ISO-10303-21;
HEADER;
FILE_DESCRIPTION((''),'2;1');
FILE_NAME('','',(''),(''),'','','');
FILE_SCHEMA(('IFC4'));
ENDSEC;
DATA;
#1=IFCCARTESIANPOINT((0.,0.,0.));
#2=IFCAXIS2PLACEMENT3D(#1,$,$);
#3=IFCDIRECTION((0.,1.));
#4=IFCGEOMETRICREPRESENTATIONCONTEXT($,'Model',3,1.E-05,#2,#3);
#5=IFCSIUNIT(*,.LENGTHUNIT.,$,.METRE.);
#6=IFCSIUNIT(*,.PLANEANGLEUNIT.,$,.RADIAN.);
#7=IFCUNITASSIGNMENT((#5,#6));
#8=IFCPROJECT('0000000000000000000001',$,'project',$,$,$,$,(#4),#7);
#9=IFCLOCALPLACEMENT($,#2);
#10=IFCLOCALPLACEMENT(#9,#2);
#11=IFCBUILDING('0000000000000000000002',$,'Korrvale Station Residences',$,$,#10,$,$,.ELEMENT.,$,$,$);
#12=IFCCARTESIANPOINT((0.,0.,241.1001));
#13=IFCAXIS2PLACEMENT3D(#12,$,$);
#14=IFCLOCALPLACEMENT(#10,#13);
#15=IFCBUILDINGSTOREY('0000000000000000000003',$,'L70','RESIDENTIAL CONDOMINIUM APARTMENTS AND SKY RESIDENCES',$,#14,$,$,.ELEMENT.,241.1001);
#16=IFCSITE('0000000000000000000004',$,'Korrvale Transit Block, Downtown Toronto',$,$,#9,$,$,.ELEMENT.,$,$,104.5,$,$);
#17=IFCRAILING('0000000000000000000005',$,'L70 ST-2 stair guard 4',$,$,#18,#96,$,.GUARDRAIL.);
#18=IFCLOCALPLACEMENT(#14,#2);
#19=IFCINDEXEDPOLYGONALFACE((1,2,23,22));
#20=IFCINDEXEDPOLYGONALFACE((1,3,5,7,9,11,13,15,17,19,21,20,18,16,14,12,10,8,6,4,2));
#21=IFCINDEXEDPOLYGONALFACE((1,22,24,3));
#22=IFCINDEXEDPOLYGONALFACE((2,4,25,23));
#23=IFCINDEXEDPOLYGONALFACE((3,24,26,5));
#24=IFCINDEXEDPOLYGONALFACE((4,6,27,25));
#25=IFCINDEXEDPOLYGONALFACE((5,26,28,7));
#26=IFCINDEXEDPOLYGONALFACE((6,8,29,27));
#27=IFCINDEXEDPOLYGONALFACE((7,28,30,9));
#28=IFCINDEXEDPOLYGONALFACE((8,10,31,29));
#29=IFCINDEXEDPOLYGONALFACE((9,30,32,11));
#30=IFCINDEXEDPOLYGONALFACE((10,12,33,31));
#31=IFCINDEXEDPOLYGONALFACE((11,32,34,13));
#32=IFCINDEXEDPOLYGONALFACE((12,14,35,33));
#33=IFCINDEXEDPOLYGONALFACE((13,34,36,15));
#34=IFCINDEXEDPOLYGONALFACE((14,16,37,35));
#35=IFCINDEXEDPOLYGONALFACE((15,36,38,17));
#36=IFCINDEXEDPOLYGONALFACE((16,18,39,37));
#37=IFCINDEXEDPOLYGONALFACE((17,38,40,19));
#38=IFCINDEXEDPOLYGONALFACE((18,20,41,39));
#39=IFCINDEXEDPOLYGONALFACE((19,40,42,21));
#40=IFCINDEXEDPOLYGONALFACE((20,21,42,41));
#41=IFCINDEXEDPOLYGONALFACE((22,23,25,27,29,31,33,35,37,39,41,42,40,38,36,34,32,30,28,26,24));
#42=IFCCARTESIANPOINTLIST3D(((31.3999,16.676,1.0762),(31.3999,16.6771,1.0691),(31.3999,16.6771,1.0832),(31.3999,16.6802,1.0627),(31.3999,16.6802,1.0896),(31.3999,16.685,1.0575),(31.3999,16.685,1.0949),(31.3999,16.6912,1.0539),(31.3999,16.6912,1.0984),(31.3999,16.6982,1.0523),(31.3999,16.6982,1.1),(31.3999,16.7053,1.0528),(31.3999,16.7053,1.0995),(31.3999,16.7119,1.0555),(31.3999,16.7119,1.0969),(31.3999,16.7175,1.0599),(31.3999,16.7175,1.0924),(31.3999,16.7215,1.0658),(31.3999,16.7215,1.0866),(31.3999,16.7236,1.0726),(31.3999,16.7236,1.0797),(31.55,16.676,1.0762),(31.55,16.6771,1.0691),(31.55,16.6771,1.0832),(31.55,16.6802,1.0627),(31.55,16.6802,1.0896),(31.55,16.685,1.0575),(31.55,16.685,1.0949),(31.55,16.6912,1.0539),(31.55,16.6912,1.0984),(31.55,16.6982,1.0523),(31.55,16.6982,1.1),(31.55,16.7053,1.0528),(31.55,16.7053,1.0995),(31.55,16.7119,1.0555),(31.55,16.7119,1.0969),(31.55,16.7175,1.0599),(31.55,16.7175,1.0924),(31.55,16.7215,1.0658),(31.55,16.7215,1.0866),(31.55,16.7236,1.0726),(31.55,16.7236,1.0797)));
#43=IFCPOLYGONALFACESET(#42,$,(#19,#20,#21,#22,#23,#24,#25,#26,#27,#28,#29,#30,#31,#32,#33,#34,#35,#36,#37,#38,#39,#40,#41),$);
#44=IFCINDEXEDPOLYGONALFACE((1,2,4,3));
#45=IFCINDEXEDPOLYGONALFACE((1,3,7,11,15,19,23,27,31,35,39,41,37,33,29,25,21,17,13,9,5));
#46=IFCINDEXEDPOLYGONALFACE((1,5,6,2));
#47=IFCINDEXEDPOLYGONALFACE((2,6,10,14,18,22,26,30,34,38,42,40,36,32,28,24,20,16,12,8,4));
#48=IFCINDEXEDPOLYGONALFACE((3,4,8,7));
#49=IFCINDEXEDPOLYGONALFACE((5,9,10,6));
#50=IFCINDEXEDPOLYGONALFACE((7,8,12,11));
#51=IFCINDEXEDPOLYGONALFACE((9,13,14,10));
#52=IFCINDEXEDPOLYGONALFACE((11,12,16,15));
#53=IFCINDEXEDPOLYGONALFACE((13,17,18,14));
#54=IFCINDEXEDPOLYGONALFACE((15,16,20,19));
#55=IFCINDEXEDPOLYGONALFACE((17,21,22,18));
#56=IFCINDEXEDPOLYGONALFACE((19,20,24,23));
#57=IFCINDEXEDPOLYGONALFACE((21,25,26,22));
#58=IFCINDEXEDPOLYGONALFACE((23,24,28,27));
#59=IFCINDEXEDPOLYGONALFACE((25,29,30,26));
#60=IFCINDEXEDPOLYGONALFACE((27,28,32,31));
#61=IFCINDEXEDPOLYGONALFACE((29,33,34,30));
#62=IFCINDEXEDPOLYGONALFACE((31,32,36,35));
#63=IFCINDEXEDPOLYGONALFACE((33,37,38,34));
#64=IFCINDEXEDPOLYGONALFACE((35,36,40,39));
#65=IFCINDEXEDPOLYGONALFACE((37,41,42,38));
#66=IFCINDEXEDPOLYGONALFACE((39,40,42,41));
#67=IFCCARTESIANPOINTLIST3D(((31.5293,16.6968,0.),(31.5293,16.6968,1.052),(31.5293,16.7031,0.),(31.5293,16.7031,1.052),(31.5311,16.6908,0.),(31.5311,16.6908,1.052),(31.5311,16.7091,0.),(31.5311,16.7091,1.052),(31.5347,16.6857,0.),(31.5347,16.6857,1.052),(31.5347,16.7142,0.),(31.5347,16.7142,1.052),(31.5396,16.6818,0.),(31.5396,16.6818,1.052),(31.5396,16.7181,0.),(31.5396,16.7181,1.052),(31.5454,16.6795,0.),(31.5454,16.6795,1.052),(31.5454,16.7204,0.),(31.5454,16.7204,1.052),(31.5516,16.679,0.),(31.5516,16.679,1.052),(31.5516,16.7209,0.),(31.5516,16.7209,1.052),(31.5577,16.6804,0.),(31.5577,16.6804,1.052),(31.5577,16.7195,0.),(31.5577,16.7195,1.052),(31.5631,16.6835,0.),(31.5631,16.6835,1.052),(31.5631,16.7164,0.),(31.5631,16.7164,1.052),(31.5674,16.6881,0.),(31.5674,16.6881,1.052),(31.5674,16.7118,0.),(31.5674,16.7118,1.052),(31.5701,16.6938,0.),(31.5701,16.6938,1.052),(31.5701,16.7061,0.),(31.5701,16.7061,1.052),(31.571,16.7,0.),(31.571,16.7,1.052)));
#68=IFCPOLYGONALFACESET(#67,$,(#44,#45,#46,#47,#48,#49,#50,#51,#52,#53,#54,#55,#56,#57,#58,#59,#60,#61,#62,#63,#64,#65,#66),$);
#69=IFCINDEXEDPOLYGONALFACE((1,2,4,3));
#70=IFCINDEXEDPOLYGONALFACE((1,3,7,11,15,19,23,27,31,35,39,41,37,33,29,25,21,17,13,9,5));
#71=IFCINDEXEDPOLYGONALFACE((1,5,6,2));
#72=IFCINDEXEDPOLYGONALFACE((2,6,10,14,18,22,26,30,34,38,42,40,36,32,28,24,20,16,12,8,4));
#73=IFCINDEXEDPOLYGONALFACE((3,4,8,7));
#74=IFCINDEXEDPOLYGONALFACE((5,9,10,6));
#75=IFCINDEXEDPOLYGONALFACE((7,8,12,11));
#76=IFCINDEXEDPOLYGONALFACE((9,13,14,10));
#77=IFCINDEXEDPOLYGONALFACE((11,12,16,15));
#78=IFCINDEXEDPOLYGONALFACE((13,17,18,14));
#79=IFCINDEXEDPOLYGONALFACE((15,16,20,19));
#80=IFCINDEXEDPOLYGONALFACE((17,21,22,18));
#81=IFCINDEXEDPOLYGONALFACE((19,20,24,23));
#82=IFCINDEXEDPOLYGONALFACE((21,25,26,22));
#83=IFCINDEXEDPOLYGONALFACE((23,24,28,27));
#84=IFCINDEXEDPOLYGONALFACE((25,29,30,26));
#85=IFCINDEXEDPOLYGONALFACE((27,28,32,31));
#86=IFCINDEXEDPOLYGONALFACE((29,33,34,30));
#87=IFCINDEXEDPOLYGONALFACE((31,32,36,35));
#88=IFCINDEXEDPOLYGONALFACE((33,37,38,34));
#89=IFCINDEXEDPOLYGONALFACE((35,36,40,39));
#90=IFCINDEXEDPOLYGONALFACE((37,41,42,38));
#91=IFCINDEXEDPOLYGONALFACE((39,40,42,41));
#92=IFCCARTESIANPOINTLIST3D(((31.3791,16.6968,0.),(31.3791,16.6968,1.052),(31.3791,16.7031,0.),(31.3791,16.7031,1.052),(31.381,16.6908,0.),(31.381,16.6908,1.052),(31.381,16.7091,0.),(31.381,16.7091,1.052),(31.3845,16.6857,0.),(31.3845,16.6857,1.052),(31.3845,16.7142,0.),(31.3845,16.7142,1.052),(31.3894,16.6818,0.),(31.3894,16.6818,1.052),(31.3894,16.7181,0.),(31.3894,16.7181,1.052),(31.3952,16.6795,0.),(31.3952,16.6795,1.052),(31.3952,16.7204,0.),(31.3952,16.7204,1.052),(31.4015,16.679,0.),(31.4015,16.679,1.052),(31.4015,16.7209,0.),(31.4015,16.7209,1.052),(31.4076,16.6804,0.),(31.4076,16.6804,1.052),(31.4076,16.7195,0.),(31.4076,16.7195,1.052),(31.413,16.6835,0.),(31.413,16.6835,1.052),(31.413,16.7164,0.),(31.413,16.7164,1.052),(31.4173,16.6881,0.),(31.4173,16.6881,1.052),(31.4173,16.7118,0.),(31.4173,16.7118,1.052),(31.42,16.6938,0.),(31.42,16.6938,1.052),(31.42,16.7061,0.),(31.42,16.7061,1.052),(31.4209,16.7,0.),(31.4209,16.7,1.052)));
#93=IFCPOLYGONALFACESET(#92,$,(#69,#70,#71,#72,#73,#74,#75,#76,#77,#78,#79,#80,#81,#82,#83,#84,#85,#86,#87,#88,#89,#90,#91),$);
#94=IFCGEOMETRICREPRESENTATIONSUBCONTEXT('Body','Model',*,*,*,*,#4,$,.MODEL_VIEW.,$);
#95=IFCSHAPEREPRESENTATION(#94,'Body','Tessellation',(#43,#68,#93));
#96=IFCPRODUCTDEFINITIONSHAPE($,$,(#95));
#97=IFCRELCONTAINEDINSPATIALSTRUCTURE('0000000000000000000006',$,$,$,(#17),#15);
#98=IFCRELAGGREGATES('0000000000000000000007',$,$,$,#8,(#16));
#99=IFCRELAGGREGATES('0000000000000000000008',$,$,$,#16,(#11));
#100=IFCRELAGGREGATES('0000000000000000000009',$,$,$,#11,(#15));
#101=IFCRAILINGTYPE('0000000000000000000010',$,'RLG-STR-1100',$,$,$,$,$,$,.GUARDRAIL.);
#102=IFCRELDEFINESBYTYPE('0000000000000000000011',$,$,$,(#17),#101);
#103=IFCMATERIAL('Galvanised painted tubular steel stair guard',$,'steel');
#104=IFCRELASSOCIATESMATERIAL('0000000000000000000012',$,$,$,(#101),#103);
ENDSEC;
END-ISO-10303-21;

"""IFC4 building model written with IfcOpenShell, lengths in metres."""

from ifc_helpers import new_model, si_unit, direction, frame, origin, origin_2d, place, context, subcontext, project, spatial, circle, extrude, material, type_object, element, save


model = new_model("IFC4")

# Units and contexts
model_context = context("Model", 3, precision=1e-05, world=origin(), true_north=direction((0.0, 1.0)))
body_context = subcontext(model_context, "Body", "Model", "MODEL_VIEW")
ifc_project = project(units=[si_unit("LENGTHUNIT", "METRE"), si_unit("PLANEANGLEUNIT", "RADIAN")], contexts=[model_context])

# Site, building, storey
site_placement = place(None, origin())
site = spatial("IfcSite", under=ifc_project, at=site_placement, Name="Korrvale Transit Block, Downtown Toronto", CompositionType="ELEMENT", RefElevation=104.5)
building_placement = place(site_placement, origin())
building = spatial("IfcBuilding", under=site, at=building_placement, Name="Korrvale Station Residences", CompositionType="ELEMENT")
storey_placement = place(building_placement, frame((0.0, 0.0, 241.1001)))
storey = spatial("IfcBuildingStorey", under=building, at=storey_placement, Name="L70", Description="RESIDENTIAL CONDOMINIUM APARTMENTS AND SKY RESIDENCES", CompositionType="ELEMENT", Elevation=241.1001)

# Railing
ifc_material_1 = material(Name="Galvanised painted tubular steel stair guard", Category="steel")
railing_type_1 = type_object("IfcRailingType", Name="RLG-STR-1100", PredefinedType="GUARDRAIL", material=ifc_material_1)
railing_1_placement = place(storey_placement, frame((31.55, 16.7, 0.0)))
element("IfcRailing", 1, at=railing_1_placement, inside=storey, type_object=railing_type_1, Name="L70 ST-2 stair guard 4", PredefinedType="GUARDRAIL", context=body_context, shape_type="SweptSolid", body=[
    extrude(circle(Radius=0.0239, at=origin_2d()), frame((0.0, 0.0, 1.0762), z_axis=(-1.0, 0.0, 0.0), x_axis=(0.0, -1.0, 0.0)), (0.0, 0.0, 1.0), 0.1501),
    extrude(circle(Radius=0.021, at=origin_2d()), origin(), (0.0, 0.0, 1.0), 1.052),
    extrude(circle(Radius=0.021, at=origin_2d()), frame((-0.1501, 0.0, 0.0)), (0.0, 0.0, 1.0), 1.052),
])

save(model, "model.ifc")
